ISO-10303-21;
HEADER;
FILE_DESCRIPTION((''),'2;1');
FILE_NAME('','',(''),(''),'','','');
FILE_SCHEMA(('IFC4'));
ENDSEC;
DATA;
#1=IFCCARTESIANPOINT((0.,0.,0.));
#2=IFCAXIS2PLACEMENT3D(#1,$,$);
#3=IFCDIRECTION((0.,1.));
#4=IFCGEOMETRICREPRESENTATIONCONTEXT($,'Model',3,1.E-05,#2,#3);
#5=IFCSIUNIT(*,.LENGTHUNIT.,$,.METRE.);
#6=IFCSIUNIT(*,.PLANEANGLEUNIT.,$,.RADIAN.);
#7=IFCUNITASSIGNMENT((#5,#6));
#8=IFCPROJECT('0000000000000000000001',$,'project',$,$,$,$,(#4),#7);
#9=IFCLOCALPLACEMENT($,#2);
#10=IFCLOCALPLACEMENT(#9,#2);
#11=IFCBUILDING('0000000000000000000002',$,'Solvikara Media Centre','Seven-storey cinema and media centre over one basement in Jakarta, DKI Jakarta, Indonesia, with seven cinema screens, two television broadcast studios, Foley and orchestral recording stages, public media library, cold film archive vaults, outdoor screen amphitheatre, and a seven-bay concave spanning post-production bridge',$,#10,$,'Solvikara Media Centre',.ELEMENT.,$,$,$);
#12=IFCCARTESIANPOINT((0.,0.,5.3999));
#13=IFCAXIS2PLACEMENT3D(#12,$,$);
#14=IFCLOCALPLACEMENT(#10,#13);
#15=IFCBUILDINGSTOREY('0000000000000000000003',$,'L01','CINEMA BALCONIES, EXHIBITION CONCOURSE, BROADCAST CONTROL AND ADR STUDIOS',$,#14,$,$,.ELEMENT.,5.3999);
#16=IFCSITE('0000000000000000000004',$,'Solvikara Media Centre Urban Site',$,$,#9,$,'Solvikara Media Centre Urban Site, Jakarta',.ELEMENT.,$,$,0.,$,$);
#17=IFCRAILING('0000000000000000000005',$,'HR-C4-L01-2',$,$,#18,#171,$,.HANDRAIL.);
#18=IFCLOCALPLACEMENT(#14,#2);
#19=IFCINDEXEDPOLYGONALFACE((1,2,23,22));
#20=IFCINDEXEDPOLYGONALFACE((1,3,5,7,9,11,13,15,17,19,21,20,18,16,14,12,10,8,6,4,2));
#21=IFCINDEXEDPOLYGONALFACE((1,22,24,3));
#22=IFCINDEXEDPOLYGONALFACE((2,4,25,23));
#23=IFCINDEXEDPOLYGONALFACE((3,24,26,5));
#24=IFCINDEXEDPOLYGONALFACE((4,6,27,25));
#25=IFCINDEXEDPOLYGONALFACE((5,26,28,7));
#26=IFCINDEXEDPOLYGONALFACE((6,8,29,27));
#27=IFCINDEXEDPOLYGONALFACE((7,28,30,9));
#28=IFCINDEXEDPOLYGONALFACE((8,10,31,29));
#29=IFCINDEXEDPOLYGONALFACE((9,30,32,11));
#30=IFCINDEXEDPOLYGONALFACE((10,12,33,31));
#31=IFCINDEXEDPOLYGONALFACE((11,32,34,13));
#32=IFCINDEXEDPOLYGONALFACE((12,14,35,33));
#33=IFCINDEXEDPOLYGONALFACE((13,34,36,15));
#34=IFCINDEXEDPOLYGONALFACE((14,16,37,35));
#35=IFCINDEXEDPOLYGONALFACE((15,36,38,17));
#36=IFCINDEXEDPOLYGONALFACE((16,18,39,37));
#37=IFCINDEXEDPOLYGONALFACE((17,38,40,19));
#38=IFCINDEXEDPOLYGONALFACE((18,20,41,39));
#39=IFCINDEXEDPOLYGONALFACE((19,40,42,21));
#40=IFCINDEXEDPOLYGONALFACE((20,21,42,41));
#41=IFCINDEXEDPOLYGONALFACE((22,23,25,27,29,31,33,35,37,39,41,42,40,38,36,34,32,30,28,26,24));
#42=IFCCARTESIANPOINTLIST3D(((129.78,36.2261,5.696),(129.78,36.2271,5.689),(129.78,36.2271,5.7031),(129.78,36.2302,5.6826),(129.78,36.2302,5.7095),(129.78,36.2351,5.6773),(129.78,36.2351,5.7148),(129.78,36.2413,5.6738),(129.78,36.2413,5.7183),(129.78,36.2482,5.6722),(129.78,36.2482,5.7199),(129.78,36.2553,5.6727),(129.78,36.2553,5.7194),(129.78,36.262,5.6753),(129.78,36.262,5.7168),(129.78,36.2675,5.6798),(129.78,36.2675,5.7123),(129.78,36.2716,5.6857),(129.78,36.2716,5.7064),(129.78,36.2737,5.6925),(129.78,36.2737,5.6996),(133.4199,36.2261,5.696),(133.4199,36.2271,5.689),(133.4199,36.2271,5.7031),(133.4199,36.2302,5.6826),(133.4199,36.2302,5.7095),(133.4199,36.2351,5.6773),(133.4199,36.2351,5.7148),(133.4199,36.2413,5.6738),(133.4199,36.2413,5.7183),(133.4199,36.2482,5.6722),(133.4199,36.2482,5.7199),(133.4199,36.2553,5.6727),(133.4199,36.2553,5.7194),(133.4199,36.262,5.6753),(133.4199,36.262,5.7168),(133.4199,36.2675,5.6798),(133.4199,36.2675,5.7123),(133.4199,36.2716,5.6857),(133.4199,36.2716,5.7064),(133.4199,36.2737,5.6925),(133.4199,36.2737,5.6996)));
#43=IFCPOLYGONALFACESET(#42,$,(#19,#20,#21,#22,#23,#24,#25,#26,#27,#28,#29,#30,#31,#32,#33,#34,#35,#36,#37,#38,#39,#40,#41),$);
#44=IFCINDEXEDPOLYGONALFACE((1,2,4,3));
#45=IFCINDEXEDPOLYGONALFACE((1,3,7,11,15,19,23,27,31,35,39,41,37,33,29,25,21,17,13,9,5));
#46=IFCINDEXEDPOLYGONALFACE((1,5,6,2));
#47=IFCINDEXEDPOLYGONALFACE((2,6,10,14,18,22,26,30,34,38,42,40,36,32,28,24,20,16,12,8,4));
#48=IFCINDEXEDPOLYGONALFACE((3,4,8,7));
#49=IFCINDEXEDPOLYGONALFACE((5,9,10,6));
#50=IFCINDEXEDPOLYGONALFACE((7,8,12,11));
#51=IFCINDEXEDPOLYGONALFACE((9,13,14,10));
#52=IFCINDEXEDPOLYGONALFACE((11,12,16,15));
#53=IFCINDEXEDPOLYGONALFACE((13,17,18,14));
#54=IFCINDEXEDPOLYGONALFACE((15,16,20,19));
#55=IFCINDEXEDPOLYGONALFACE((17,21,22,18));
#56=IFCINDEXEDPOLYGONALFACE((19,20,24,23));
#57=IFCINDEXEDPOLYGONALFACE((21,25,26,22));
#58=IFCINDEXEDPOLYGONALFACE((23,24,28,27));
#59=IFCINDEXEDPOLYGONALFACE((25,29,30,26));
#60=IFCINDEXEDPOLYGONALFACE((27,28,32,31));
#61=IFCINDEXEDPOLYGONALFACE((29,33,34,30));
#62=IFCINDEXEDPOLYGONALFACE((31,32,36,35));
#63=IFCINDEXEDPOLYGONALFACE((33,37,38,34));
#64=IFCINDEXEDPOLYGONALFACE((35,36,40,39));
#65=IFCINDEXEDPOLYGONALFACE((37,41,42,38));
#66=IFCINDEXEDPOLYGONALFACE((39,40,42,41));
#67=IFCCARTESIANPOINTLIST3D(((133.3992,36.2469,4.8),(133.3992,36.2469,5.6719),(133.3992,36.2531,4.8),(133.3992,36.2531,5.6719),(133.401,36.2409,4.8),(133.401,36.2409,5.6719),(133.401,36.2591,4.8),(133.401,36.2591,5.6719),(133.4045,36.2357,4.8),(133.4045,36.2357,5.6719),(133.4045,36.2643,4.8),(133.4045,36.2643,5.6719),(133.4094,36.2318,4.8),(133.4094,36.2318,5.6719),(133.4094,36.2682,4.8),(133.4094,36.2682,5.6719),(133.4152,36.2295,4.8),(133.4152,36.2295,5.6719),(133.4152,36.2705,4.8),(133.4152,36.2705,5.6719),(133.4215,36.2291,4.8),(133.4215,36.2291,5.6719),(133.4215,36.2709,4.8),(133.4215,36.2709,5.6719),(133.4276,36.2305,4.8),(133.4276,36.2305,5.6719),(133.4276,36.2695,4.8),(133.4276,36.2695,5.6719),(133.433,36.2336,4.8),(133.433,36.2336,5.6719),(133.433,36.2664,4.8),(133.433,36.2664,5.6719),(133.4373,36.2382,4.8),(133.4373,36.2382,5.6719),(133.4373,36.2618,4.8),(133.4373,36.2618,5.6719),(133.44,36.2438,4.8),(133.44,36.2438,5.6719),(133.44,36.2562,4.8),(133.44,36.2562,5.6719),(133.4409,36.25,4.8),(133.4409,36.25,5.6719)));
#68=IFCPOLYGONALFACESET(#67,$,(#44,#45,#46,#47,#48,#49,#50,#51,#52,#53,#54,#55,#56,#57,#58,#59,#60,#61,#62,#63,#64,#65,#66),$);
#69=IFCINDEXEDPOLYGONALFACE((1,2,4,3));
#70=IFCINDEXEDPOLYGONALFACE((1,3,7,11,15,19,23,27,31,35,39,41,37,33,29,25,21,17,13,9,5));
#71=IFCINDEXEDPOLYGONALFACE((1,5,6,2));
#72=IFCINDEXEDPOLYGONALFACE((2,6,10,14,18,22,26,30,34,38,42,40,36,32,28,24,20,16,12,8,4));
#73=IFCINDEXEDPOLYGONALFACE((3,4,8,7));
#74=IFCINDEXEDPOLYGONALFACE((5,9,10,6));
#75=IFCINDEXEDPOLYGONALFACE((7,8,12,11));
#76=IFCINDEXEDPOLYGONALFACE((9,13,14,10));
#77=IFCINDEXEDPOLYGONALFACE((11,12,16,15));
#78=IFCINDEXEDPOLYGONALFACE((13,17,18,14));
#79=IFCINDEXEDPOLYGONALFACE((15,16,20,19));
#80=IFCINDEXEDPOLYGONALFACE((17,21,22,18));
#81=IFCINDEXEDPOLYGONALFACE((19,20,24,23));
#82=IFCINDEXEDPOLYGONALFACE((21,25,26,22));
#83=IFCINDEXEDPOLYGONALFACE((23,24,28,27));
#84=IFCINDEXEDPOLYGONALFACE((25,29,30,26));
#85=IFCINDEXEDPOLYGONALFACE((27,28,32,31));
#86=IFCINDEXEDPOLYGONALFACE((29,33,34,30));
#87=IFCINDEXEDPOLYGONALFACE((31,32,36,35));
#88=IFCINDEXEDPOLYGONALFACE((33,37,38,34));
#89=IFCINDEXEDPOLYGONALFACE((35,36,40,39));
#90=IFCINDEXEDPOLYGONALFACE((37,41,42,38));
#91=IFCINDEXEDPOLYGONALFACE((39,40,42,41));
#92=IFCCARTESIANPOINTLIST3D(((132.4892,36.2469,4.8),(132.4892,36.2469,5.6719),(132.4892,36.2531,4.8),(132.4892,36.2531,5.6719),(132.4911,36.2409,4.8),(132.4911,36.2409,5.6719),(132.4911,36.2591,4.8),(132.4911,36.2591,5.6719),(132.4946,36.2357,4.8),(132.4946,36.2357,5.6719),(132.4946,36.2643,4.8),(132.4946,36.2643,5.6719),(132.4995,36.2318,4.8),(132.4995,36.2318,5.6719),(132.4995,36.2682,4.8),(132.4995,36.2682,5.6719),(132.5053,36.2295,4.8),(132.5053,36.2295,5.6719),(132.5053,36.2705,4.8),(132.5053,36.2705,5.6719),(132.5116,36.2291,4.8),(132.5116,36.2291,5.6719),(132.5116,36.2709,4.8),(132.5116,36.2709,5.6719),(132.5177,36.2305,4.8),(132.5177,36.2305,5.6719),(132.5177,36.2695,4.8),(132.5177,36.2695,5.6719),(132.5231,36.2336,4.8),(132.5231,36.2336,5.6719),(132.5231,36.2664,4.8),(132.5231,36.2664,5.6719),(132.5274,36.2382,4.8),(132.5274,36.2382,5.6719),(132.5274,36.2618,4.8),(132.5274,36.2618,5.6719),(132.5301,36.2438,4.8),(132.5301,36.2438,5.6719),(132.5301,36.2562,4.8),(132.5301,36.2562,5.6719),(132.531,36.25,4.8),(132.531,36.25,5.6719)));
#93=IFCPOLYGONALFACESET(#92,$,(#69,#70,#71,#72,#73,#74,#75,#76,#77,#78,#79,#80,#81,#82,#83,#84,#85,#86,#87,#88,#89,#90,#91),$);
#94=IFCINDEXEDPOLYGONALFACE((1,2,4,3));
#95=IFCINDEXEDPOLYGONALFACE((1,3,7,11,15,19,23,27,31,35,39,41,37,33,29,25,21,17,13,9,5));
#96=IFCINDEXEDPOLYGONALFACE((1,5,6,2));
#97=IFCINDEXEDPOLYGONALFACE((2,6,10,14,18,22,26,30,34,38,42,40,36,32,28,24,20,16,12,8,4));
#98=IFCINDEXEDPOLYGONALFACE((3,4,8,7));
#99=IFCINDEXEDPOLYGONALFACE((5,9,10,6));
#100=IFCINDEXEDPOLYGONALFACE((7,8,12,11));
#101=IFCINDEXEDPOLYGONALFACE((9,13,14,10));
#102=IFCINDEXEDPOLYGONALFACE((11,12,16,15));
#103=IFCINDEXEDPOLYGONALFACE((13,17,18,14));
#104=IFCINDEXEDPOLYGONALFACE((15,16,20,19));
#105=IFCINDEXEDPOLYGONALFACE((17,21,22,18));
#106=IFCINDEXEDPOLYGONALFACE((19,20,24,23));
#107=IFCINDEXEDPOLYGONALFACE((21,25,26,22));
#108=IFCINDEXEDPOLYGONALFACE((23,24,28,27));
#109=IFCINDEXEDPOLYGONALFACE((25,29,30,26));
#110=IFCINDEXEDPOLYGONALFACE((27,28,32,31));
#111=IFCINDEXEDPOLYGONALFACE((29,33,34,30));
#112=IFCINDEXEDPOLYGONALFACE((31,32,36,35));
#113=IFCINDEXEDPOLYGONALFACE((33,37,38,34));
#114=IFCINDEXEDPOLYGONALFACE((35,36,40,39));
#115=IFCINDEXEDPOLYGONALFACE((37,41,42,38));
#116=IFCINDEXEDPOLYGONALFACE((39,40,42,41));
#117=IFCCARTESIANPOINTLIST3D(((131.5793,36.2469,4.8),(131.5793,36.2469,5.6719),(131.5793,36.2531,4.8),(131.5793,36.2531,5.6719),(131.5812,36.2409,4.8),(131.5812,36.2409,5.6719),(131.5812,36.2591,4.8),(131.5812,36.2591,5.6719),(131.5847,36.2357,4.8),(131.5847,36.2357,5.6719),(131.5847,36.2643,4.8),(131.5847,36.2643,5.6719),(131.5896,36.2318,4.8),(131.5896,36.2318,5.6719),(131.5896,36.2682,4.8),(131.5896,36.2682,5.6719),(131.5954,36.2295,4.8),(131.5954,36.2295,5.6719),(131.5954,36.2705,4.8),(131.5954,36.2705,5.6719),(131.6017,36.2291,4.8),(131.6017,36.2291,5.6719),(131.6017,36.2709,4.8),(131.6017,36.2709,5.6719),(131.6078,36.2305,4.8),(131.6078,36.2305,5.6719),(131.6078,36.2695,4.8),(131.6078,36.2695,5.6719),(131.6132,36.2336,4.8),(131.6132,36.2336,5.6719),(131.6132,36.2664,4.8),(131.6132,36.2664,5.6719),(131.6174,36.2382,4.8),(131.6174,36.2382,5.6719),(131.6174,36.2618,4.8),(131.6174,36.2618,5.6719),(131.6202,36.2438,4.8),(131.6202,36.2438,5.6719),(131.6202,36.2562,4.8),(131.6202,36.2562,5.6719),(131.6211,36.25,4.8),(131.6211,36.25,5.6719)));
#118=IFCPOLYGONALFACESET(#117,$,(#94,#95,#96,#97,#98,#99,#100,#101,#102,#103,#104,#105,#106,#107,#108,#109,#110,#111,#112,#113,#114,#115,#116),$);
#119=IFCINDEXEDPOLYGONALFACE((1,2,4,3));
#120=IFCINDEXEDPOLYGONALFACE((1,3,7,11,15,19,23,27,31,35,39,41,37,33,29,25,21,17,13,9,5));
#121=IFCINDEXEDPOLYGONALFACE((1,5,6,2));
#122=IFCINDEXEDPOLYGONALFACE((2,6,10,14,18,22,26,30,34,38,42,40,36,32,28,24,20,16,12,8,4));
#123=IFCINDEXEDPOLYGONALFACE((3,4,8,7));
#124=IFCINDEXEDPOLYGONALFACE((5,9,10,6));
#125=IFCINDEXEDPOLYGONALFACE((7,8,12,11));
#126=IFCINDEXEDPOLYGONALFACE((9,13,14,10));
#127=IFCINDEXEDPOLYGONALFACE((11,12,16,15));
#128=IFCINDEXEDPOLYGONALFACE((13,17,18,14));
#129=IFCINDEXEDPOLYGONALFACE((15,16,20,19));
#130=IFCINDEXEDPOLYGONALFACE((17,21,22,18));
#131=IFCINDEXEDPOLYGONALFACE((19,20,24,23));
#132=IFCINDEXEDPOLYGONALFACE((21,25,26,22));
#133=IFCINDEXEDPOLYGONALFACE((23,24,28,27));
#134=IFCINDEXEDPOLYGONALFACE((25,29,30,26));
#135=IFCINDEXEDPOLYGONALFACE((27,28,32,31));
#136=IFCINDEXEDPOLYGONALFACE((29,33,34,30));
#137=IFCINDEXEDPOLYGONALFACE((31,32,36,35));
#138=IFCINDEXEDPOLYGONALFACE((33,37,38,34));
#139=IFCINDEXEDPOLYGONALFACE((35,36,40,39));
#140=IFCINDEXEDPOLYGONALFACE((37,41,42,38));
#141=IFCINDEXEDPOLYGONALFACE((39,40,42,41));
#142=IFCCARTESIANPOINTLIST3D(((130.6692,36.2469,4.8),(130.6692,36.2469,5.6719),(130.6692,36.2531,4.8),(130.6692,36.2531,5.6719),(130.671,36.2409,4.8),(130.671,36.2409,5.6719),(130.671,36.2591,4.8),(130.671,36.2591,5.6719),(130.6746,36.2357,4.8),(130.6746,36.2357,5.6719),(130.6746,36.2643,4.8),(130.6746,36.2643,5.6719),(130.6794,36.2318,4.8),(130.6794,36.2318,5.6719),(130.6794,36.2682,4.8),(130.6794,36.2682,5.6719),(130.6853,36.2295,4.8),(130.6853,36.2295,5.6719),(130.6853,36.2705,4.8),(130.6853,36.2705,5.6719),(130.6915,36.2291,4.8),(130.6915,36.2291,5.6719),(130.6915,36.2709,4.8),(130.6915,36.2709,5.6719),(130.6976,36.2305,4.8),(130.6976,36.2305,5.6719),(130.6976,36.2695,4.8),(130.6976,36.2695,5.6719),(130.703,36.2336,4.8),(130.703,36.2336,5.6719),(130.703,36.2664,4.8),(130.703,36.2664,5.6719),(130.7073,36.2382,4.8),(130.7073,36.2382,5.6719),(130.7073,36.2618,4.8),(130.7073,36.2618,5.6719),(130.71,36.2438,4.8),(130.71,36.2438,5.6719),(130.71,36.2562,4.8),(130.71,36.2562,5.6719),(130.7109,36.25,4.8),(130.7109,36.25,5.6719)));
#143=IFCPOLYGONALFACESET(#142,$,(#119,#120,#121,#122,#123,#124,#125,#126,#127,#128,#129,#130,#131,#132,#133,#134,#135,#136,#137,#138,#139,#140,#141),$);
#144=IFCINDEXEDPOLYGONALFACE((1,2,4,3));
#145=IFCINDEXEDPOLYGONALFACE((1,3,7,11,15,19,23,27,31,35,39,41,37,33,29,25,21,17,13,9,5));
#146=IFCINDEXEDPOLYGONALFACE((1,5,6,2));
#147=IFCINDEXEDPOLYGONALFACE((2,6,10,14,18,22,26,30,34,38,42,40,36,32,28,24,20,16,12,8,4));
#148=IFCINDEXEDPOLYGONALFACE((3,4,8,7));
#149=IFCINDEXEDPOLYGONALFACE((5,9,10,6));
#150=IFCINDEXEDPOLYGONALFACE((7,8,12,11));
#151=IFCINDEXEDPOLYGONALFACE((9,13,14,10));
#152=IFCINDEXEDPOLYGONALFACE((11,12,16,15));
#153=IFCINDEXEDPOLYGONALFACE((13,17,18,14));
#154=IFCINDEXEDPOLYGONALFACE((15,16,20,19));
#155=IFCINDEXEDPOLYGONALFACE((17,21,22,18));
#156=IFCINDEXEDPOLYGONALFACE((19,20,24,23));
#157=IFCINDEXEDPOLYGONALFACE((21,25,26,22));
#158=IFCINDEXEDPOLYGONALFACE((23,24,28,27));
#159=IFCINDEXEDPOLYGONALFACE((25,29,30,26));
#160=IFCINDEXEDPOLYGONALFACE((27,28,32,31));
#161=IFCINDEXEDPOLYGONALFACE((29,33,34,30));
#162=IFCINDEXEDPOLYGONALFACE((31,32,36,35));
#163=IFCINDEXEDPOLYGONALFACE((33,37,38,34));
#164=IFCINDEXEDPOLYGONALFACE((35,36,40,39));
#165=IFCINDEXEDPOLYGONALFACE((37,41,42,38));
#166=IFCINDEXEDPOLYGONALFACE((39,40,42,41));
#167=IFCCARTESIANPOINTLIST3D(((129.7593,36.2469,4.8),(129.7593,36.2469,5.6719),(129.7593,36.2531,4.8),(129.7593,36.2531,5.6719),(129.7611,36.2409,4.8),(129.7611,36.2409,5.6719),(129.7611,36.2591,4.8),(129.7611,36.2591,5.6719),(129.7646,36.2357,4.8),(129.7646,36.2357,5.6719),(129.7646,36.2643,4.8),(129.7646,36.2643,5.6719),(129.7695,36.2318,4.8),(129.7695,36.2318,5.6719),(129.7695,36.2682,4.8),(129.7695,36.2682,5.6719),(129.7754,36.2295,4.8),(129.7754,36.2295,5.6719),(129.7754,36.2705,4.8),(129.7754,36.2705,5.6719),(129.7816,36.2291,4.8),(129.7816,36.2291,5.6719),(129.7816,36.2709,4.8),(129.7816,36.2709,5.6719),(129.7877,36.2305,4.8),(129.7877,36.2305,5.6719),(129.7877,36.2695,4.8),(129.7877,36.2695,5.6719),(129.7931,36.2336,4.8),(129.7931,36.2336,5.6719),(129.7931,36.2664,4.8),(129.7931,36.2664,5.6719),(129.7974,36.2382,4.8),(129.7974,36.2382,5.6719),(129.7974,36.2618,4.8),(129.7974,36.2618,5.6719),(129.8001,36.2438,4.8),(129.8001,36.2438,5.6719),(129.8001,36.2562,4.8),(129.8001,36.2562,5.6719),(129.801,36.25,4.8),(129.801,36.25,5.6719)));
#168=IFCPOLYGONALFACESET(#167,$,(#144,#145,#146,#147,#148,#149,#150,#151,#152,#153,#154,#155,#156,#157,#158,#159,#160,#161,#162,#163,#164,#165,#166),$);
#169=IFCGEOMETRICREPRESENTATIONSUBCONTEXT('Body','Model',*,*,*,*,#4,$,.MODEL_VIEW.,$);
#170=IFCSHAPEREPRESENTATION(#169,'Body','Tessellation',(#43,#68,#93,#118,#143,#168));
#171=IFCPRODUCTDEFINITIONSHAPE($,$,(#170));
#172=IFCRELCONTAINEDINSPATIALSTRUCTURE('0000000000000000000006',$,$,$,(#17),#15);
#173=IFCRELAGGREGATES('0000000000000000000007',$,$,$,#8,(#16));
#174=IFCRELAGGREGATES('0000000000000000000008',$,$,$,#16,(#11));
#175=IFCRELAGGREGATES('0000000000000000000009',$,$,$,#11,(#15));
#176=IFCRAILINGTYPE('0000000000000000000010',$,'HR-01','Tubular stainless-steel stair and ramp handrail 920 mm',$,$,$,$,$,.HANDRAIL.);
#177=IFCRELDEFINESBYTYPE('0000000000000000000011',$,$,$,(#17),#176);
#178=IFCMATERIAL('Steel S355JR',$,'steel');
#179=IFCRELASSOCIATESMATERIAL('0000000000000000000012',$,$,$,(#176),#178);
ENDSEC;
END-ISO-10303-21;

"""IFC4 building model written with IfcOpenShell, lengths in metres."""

from ifc_helpers import new_model, si_unit, direction, frame, origin, origin_2d, place, context, subcontext, project, spatial, circle, extrude, material, type_object, element, save


model = new_model("IFC4")

# Units and contexts
model_context = context("Model", 3, precision=1e-05, world=origin(), true_north=direction((0.0, 1.0)))
body_context = subcontext(model_context, "Body", "Model", "MODEL_VIEW")
ifc_project = project(units=[si_unit("LENGTHUNIT", "METRE"), si_unit("PLANEANGLEUNIT", "RADIAN")], contexts=[model_context])

# Site, building, storey
site_placement = place(None, origin())
site = spatial("IfcSite", under=ifc_project, at=site_placement, Name="Solvikara Media Centre Urban Site", LongName="Solvikara Media Centre Urban Site, Jakarta", CompositionType="ELEMENT", RefElevation=0.0)
building_placement = place(site_placement, origin())
building = spatial("IfcBuilding", under=site, at=building_placement, Name="Solvikara Media Centre", Description="Seven-storey cinema and media centre over one basement in Jakarta, DKI Jakarta, Indonesia, with seven cinema screens, two television broadcast studios, Foley and orchestral recording stages, public media library, cold film archive vaults, outdoor screen amphitheatre, and a seven-bay concave spanning post-production bridge", LongName="Solvikara Media Centre", CompositionType="ELEMENT")
storey_placement = place(building_placement, frame((0.0, 0.0, 5.3999)))
storey = spatial("IfcBuildingStorey", under=building, at=storey_placement, Name="L01", Description="CINEMA BALCONIES, EXHIBITION CONCOURSE, BROADCAST CONTROL AND ADR STUDIOS", CompositionType="ELEMENT", Elevation=5.3999)

# Shared definitions
ifc_material_1 = material(Name="Steel S355JR", Category="steel")

# Railing
railing_type_1 = type_object("IfcRailingType", Name="HR-01", Description="Tubular stainless-steel stair and ramp handrail 920 mm", PredefinedType="HANDRAIL", material=ifc_material_1)
railing_1_placement = place(storey_placement, frame((133.4199, 36.25, 4.8)))
element("IfcRailing", 1, at=railing_1_placement, inside=storey, type_object=railing_type_1, Name="HR-C4-L01-2", PredefinedType="HANDRAIL", context=body_context, shape_type="SweptSolid", body=[
    extrude(circle(Radius=0.0239, at=origin_2d()), frame((0.0, 0.0, 0.896), z_axis=(-1.0, 0.0, 0.0), x_axis=(0.0, -1.0, 0.0)), (0.0, 0.0, 1.0), 3.6399),
    extrude(circle(Radius=0.021, at=origin_2d()), origin(), (0.0, 0.0, 1.0), 0.8718),
    extrude(circle(Radius=0.021, at=origin_2d()), frame((-0.9099, 0.0, 0.0)), (0.0, 0.0, 1.0), 0.8718),
    extrude(circle(Radius=0.021, at=origin_2d()), frame((-1.8198, 0.0, 0.0)), (0.0, 0.0, 1.0), 0.8718),
    extrude(circle(Radius=0.021, at=origin_2d()), frame((-2.73, 0.0, 0.0)), (0.0, 0.0, 1.0), 0.8718),
    extrude(circle(Radius=0.021, at=origin_2d()), frame((-3.6399, 0.0, 0.0)), (0.0, 0.0, 1.0), 0.8718),
])

save(model, "model.ifc")
